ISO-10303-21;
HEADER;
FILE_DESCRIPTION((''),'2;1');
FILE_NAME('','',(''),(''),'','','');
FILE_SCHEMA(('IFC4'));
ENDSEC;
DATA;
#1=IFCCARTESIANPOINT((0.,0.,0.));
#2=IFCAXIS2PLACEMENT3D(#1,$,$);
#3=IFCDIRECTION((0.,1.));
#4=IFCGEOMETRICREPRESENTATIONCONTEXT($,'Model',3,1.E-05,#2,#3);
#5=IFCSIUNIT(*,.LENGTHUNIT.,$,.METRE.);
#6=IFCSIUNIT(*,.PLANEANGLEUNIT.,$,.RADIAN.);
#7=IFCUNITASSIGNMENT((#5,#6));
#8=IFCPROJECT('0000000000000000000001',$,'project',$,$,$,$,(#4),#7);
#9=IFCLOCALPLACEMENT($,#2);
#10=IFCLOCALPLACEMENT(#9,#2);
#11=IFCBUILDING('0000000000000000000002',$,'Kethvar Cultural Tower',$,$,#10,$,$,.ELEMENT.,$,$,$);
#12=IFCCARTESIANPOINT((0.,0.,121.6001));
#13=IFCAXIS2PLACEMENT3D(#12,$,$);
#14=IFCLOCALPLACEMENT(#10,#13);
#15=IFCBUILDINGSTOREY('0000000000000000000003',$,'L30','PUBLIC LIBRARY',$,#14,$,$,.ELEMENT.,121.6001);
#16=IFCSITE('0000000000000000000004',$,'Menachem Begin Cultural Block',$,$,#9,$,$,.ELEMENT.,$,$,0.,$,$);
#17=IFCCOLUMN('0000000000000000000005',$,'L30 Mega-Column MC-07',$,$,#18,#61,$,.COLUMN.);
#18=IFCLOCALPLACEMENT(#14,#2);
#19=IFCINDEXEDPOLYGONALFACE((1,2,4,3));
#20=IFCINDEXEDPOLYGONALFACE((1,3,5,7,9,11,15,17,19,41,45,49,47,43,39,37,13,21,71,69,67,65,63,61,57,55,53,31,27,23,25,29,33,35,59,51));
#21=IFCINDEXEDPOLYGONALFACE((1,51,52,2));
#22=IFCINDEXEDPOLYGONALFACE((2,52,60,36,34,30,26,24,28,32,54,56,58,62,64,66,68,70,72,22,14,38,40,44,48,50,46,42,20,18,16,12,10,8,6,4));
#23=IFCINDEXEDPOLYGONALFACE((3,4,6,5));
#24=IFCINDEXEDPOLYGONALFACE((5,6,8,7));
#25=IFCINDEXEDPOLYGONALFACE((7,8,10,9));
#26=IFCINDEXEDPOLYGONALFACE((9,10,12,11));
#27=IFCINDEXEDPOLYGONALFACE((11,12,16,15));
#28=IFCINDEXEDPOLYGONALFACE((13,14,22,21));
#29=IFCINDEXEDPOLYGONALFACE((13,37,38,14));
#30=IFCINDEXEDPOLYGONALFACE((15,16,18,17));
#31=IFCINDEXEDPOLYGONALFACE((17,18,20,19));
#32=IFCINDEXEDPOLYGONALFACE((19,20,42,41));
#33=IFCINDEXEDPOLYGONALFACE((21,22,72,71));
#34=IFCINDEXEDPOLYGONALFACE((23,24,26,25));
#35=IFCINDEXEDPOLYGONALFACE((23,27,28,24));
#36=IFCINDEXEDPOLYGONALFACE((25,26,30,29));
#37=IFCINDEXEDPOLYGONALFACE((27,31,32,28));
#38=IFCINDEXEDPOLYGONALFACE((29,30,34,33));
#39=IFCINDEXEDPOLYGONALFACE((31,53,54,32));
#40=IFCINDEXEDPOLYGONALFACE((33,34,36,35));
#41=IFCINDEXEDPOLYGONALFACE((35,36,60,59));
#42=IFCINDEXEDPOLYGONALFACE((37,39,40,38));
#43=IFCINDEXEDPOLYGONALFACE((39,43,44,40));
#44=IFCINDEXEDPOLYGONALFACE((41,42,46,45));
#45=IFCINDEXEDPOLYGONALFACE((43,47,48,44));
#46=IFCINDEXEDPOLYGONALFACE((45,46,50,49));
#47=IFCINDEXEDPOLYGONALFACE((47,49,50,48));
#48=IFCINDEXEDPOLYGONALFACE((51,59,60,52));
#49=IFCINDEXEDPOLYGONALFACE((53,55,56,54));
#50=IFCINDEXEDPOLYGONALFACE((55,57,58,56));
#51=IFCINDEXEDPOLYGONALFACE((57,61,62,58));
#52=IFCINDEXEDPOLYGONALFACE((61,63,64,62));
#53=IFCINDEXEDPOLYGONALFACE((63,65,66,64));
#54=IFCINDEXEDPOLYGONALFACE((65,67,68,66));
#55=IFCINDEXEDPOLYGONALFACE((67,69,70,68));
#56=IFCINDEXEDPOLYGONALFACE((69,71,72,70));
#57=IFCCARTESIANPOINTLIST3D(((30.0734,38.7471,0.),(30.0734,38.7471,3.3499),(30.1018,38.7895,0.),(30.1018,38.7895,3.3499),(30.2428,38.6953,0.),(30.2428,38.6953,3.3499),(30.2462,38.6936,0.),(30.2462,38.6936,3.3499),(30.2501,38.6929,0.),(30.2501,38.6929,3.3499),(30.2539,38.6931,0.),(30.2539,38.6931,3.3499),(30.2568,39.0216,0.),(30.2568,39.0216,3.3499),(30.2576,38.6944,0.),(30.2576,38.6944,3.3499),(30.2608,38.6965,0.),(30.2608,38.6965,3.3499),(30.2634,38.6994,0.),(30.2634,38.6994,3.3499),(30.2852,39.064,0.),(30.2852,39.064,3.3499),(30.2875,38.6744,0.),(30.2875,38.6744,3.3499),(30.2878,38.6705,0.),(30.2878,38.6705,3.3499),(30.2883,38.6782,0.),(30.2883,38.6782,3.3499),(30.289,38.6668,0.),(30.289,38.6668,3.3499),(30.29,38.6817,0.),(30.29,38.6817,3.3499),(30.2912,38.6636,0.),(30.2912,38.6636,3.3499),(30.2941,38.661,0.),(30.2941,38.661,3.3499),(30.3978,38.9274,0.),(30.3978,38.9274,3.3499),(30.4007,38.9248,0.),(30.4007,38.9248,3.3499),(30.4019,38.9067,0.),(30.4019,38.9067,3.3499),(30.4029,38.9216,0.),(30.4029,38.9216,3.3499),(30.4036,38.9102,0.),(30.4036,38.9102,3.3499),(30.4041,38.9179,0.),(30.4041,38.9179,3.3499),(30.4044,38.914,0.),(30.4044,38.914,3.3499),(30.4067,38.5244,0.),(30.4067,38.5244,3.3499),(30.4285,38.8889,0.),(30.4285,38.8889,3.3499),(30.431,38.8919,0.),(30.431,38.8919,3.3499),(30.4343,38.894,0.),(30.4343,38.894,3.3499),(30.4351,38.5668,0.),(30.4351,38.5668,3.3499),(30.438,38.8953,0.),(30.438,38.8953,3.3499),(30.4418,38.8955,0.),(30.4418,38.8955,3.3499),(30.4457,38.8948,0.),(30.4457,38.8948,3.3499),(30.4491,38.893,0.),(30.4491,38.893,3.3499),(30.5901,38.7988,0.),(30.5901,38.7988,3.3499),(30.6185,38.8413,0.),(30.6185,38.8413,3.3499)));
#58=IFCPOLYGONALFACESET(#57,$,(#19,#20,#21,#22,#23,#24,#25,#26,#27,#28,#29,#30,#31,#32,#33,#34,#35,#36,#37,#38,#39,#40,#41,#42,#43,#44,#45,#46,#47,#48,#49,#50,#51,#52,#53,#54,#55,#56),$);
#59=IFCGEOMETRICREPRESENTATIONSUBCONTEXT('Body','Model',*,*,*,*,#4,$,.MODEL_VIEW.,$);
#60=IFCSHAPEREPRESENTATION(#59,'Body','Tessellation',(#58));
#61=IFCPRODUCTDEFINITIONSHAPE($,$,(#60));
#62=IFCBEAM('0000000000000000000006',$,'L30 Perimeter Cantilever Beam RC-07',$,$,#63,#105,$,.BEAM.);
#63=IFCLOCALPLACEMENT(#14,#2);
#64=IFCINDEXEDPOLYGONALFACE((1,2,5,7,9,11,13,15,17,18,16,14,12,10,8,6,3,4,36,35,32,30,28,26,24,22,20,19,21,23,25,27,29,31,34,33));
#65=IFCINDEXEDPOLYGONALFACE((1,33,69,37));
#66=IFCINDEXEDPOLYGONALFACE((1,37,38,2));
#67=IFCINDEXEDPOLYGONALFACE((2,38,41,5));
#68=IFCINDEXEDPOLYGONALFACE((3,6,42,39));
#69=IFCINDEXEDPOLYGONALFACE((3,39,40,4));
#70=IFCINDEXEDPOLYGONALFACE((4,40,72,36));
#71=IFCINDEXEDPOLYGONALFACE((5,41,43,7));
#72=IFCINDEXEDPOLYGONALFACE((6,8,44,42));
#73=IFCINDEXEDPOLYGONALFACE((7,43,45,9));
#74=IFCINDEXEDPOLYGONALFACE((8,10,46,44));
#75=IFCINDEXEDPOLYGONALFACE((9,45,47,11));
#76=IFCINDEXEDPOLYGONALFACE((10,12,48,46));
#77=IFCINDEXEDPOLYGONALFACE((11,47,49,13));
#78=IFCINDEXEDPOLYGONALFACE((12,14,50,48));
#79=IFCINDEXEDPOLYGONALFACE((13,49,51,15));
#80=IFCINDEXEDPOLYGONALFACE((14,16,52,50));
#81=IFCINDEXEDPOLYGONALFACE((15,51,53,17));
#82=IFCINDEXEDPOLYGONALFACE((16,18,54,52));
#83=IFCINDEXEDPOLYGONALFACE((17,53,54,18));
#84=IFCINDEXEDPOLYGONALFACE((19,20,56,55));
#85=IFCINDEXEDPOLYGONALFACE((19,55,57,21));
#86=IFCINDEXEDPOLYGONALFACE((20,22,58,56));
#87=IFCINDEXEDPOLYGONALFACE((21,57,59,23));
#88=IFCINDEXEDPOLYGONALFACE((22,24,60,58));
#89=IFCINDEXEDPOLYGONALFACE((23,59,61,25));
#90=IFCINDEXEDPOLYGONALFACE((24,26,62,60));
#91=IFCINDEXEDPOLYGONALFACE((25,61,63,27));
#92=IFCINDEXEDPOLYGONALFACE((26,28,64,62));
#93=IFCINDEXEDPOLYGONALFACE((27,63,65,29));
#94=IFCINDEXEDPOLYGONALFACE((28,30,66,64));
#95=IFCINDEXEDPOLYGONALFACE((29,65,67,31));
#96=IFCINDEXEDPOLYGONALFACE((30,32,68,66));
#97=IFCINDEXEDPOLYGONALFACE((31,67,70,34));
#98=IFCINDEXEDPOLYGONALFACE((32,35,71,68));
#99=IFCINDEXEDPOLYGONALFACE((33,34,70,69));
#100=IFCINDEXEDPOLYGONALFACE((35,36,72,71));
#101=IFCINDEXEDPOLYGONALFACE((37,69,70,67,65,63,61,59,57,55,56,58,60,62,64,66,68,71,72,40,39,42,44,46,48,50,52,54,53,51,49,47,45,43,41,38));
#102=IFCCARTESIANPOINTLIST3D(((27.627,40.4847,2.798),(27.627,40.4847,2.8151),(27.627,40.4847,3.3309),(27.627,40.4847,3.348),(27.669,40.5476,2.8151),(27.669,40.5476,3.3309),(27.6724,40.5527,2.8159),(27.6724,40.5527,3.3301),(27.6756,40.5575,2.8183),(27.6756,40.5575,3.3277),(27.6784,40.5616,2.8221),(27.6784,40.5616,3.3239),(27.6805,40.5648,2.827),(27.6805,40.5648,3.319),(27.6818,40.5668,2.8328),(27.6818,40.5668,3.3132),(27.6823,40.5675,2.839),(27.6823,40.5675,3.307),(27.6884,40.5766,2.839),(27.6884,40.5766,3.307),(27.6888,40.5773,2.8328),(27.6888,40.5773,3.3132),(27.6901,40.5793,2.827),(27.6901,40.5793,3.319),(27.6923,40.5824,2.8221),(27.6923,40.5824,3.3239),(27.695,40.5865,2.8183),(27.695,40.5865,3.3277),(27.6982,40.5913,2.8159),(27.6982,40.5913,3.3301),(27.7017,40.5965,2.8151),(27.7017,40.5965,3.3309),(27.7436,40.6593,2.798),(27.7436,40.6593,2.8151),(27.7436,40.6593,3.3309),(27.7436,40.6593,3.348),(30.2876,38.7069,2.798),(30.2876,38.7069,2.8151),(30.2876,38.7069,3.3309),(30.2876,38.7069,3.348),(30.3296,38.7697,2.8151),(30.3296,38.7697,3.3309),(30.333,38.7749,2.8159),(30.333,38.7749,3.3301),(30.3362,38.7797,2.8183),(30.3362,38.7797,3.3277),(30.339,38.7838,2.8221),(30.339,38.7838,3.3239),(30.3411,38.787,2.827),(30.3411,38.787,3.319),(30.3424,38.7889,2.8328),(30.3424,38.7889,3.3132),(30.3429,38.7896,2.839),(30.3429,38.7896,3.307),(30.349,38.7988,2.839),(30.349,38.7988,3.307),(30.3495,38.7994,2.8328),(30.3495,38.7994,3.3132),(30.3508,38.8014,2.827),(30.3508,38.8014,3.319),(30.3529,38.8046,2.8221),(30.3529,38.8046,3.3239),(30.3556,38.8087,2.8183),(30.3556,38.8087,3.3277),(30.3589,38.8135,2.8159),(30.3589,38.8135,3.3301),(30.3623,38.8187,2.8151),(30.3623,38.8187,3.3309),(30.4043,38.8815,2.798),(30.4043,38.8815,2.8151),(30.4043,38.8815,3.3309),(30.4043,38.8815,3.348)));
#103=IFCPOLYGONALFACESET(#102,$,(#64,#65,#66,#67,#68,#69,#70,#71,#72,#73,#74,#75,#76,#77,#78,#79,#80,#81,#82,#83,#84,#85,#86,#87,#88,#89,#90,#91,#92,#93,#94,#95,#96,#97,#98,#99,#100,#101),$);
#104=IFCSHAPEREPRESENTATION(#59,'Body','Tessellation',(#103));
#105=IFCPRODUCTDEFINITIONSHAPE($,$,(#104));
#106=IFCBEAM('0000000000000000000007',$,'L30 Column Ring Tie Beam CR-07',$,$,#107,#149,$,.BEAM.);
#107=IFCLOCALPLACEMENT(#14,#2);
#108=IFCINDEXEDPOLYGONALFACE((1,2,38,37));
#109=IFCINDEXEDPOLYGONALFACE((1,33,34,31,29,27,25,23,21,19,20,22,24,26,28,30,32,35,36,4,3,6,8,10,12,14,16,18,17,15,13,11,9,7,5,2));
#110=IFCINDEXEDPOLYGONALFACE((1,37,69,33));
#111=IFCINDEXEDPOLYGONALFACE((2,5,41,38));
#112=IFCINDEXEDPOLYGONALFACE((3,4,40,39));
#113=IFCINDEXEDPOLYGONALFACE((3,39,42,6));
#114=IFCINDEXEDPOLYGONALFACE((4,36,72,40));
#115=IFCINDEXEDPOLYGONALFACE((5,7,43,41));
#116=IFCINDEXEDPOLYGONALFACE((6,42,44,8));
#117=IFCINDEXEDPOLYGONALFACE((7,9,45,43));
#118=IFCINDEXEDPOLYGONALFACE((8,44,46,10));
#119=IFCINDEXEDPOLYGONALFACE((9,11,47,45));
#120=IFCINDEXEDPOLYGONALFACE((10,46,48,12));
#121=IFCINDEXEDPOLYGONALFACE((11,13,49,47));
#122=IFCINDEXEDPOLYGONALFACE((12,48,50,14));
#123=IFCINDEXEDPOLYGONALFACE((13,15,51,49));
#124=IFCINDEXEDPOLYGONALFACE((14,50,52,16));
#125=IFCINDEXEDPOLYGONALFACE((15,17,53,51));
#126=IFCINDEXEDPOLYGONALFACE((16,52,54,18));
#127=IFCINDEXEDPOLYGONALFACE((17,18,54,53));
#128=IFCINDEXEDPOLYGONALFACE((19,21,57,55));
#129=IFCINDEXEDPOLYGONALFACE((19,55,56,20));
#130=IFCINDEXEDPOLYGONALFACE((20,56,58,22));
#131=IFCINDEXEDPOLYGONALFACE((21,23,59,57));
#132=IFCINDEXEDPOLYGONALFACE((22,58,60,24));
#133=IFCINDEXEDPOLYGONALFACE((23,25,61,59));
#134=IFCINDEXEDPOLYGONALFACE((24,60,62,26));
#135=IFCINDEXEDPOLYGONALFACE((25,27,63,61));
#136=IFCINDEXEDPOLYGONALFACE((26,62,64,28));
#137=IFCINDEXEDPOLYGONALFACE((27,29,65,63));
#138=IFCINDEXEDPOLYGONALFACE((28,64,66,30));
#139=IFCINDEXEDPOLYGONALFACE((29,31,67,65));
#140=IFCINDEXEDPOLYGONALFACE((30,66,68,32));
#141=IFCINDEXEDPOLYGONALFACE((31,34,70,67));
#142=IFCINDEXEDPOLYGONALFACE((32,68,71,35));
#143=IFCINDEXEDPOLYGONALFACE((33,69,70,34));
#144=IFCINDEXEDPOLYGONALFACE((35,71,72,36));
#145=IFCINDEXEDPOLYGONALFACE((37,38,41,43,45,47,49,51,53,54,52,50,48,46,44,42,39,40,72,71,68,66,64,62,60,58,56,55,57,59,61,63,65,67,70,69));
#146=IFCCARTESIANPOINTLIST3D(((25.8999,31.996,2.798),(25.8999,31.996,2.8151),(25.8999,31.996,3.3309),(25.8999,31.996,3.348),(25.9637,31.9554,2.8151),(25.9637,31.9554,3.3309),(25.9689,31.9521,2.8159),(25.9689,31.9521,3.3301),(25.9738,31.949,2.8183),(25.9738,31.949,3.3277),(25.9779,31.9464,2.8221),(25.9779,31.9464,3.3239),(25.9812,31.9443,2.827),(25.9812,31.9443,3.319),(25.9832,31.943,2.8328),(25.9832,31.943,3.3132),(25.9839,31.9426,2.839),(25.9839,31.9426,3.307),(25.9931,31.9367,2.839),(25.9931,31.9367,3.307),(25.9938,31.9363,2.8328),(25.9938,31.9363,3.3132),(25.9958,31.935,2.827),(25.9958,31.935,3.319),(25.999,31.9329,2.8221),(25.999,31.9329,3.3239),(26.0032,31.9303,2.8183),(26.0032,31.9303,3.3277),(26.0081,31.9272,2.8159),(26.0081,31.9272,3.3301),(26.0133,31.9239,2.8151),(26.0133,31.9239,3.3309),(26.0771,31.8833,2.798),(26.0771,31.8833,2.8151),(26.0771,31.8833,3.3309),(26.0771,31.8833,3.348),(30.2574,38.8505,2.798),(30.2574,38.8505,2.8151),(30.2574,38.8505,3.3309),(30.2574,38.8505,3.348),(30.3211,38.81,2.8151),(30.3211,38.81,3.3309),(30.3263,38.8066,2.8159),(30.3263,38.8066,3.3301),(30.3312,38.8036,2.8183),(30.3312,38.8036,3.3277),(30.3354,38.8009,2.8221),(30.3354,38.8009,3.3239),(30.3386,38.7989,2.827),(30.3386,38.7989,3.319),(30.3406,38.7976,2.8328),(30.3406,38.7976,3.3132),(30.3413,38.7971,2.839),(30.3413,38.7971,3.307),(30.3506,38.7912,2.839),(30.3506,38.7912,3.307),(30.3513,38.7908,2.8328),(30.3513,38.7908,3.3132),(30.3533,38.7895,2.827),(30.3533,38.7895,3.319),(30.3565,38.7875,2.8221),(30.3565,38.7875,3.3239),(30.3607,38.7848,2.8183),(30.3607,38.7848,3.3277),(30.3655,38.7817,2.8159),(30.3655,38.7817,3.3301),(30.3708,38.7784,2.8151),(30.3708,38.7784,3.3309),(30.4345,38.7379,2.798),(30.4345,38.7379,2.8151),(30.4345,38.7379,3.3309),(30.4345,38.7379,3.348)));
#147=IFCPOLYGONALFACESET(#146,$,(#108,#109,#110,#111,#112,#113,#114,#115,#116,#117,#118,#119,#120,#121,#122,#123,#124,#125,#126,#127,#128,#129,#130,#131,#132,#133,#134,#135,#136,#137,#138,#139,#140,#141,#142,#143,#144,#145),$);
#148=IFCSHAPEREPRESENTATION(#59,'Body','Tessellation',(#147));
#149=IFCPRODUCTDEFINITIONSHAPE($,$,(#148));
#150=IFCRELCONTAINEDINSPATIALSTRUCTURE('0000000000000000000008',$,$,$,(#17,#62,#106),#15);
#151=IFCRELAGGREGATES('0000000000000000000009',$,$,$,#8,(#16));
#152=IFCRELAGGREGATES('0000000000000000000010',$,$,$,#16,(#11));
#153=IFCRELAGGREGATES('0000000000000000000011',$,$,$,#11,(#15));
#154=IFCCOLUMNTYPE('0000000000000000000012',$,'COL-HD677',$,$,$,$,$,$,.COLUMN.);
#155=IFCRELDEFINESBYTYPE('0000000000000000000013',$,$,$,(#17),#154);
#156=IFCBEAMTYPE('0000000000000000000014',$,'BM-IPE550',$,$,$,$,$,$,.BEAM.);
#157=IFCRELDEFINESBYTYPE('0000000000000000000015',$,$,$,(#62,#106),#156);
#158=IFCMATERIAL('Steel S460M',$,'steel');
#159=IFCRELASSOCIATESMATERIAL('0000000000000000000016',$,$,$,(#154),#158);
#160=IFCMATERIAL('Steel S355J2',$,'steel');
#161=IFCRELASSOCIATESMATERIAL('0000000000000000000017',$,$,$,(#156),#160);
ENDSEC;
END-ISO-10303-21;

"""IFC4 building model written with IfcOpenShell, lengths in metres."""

from ifc_helpers import new_model, si_unit, direction, frame, origin, origin_2d, place, context, subcontext, project, spatial, i_section, extrude, source, transform, mapped, material, material_profile, profile_set, type_object, element, save


model = new_model("IFC4")

# Units and contexts
model_context = context("Model", 3, precision=1e-05, world=origin(), true_north=direction((0.0, 1.0)))
body_context = subcontext(model_context, "Body", "Model", "MODEL_VIEW")
ifc_project = project(units=[si_unit("LENGTHUNIT", "METRE"), si_unit("PLANEANGLEUNIT", "RADIAN")], contexts=[model_context])

# Site, building, storey
site_placement = place(None, origin())
site = spatial("IfcSite", under=ifc_project, at=site_placement, Name="Menachem Begin Cultural Block", CompositionType="ELEMENT", RefElevation=0.0)
building_placement = place(site_placement, origin())
building = spatial("IfcBuilding", under=site, at=building_placement, Name="Kethvar Cultural Tower", CompositionType="ELEMENT")
storey_placement = place(building_placement, frame((0.0, 0.0, 121.6001)))
storey = spatial("IfcBuildingStorey", under=building, at=storey_placement, Name="L30", Description="PUBLIC LIBRARY", CompositionType="ELEMENT", Elevation=121.6001)

# Column
ifc_material_1 = material(Name="Steel S460M", Category="steel")
ifc_material_profile_1 = material_profile(ifc_material_1, i_section(OverallWidth=0.4009, OverallDepth=0.3811, WebThickness=0.032, FlangeThickness=0.051, FilletRadius=0.0149, at=origin_2d()), Name="Steel S460M — HD400x677")
ifc_profile_set_1 = profile_set([ifc_material_profile_1], Name="Steel S460M — HD400x677")
column_type = type_object("IfcColumnType", Name="COL-HD677", PredefinedType="COLUMN", material=ifc_profile_set_1)
shared_shape_1 = source(origin(), body_context, "Body", "SweptSolid", [
    extrude(i_section(OverallWidth=0.4009, OverallDepth=0.3811, WebThickness=0.032, FlangeThickness=0.051, FilletRadius=0.0149, at=origin_2d()), origin(), (0.0, 0.0, 1.0), 3.3499),
])
column_placement = place(storey_placement, frame((30.3459, 38.7942, 0.0), z_axis=(0.0, 0.0, 1.0), x_axis=(-0.83147, 0.55557, 0.0)))
element("IfcColumn", 1, at=column_placement, inside=storey, type_object=column_type, Name="L30 Mega-Column MC-07", PredefinedType="COLUMN", context=body_context, shape_type="MappedRepresentation", body=[
    mapped(shared_shape_1, transform((0.0, 0.0, 0.0), scale=1.0)),
])

# Beams
ifc_material_2 = material(Name="Steel S355J2", Category="steel")
ifc_material_profile_2 = material_profile(ifc_material_2, i_section(OverallWidth=0.21, OverallDepth=0.55, WebThickness=0.011, FlangeThickness=0.0171, FilletRadius=0.0239, at=origin_2d()), Name="Steel S355J2 — IPE550")
ifc_profile_set_2 = profile_set([ifc_material_profile_2], Name="Steel S355J2 — IPE550")
beam_type_1 = type_object("IfcBeamType", Name="BM-IPE550", PredefinedType="BEAM", material=ifc_profile_set_2)
shared_shape_2 = source(origin(), body_context, "Body", "SweptSolid", [
    extrude(i_section(OverallWidth=0.21, OverallDepth=0.55, WebThickness=0.011, FlangeThickness=0.0171, FilletRadius=0.0239, at=origin_2d()), origin(), (0.0, 0.0, 1.0), 3.2),
])
beam_1_placement = place(storey_placement, frame((30.3459, 38.7942, 3.073), z_axis=(-0.831463, 0.55558, 0.0), x_axis=(-0.55558, -0.831463, 0.0)))
element("IfcBeam", 2, at=beam_1_placement, inside=storey, type_object=beam_type_1, Name="L30 Perimeter Cantilever Beam RC-07", PredefinedType="BEAM", context=body_context, shape_type="MappedRepresentation", body=[
    mapped(shared_shape_2, transform((0.0, 0.0, 0.0), scale=1.0)),
])
shared_shape_3 = source(origin(), body_context, "Body", "SweptSolid", [
    extrude(i_section(OverallWidth=0.21, OverallDepth=0.55, WebThickness=0.011, FlangeThickness=0.0171, FilletRadius=0.0239, at=origin_2d()), origin(), (0.0, 0.0, 1.0), 8.1223),
])
beam_2_placement = place(storey_placement, frame((30.3459, 38.7942, 3.073), z_axis=(-0.536479, -0.843914, 0.0), x_axis=(0.843914, -0.536479, 0.0)))
element("IfcBeam", 3, at=beam_2_placement, inside=storey, type_object=beam_type_1, Name="L30 Column Ring Tie Beam CR-07", PredefinedType="BEAM", context=body_context, shape_type="MappedRepresentation", body=[
    mapped(shared_shape_3, transform((0.0, 0.0, 0.0), scale=1.0)),
])

save(model, "model.ifc")
